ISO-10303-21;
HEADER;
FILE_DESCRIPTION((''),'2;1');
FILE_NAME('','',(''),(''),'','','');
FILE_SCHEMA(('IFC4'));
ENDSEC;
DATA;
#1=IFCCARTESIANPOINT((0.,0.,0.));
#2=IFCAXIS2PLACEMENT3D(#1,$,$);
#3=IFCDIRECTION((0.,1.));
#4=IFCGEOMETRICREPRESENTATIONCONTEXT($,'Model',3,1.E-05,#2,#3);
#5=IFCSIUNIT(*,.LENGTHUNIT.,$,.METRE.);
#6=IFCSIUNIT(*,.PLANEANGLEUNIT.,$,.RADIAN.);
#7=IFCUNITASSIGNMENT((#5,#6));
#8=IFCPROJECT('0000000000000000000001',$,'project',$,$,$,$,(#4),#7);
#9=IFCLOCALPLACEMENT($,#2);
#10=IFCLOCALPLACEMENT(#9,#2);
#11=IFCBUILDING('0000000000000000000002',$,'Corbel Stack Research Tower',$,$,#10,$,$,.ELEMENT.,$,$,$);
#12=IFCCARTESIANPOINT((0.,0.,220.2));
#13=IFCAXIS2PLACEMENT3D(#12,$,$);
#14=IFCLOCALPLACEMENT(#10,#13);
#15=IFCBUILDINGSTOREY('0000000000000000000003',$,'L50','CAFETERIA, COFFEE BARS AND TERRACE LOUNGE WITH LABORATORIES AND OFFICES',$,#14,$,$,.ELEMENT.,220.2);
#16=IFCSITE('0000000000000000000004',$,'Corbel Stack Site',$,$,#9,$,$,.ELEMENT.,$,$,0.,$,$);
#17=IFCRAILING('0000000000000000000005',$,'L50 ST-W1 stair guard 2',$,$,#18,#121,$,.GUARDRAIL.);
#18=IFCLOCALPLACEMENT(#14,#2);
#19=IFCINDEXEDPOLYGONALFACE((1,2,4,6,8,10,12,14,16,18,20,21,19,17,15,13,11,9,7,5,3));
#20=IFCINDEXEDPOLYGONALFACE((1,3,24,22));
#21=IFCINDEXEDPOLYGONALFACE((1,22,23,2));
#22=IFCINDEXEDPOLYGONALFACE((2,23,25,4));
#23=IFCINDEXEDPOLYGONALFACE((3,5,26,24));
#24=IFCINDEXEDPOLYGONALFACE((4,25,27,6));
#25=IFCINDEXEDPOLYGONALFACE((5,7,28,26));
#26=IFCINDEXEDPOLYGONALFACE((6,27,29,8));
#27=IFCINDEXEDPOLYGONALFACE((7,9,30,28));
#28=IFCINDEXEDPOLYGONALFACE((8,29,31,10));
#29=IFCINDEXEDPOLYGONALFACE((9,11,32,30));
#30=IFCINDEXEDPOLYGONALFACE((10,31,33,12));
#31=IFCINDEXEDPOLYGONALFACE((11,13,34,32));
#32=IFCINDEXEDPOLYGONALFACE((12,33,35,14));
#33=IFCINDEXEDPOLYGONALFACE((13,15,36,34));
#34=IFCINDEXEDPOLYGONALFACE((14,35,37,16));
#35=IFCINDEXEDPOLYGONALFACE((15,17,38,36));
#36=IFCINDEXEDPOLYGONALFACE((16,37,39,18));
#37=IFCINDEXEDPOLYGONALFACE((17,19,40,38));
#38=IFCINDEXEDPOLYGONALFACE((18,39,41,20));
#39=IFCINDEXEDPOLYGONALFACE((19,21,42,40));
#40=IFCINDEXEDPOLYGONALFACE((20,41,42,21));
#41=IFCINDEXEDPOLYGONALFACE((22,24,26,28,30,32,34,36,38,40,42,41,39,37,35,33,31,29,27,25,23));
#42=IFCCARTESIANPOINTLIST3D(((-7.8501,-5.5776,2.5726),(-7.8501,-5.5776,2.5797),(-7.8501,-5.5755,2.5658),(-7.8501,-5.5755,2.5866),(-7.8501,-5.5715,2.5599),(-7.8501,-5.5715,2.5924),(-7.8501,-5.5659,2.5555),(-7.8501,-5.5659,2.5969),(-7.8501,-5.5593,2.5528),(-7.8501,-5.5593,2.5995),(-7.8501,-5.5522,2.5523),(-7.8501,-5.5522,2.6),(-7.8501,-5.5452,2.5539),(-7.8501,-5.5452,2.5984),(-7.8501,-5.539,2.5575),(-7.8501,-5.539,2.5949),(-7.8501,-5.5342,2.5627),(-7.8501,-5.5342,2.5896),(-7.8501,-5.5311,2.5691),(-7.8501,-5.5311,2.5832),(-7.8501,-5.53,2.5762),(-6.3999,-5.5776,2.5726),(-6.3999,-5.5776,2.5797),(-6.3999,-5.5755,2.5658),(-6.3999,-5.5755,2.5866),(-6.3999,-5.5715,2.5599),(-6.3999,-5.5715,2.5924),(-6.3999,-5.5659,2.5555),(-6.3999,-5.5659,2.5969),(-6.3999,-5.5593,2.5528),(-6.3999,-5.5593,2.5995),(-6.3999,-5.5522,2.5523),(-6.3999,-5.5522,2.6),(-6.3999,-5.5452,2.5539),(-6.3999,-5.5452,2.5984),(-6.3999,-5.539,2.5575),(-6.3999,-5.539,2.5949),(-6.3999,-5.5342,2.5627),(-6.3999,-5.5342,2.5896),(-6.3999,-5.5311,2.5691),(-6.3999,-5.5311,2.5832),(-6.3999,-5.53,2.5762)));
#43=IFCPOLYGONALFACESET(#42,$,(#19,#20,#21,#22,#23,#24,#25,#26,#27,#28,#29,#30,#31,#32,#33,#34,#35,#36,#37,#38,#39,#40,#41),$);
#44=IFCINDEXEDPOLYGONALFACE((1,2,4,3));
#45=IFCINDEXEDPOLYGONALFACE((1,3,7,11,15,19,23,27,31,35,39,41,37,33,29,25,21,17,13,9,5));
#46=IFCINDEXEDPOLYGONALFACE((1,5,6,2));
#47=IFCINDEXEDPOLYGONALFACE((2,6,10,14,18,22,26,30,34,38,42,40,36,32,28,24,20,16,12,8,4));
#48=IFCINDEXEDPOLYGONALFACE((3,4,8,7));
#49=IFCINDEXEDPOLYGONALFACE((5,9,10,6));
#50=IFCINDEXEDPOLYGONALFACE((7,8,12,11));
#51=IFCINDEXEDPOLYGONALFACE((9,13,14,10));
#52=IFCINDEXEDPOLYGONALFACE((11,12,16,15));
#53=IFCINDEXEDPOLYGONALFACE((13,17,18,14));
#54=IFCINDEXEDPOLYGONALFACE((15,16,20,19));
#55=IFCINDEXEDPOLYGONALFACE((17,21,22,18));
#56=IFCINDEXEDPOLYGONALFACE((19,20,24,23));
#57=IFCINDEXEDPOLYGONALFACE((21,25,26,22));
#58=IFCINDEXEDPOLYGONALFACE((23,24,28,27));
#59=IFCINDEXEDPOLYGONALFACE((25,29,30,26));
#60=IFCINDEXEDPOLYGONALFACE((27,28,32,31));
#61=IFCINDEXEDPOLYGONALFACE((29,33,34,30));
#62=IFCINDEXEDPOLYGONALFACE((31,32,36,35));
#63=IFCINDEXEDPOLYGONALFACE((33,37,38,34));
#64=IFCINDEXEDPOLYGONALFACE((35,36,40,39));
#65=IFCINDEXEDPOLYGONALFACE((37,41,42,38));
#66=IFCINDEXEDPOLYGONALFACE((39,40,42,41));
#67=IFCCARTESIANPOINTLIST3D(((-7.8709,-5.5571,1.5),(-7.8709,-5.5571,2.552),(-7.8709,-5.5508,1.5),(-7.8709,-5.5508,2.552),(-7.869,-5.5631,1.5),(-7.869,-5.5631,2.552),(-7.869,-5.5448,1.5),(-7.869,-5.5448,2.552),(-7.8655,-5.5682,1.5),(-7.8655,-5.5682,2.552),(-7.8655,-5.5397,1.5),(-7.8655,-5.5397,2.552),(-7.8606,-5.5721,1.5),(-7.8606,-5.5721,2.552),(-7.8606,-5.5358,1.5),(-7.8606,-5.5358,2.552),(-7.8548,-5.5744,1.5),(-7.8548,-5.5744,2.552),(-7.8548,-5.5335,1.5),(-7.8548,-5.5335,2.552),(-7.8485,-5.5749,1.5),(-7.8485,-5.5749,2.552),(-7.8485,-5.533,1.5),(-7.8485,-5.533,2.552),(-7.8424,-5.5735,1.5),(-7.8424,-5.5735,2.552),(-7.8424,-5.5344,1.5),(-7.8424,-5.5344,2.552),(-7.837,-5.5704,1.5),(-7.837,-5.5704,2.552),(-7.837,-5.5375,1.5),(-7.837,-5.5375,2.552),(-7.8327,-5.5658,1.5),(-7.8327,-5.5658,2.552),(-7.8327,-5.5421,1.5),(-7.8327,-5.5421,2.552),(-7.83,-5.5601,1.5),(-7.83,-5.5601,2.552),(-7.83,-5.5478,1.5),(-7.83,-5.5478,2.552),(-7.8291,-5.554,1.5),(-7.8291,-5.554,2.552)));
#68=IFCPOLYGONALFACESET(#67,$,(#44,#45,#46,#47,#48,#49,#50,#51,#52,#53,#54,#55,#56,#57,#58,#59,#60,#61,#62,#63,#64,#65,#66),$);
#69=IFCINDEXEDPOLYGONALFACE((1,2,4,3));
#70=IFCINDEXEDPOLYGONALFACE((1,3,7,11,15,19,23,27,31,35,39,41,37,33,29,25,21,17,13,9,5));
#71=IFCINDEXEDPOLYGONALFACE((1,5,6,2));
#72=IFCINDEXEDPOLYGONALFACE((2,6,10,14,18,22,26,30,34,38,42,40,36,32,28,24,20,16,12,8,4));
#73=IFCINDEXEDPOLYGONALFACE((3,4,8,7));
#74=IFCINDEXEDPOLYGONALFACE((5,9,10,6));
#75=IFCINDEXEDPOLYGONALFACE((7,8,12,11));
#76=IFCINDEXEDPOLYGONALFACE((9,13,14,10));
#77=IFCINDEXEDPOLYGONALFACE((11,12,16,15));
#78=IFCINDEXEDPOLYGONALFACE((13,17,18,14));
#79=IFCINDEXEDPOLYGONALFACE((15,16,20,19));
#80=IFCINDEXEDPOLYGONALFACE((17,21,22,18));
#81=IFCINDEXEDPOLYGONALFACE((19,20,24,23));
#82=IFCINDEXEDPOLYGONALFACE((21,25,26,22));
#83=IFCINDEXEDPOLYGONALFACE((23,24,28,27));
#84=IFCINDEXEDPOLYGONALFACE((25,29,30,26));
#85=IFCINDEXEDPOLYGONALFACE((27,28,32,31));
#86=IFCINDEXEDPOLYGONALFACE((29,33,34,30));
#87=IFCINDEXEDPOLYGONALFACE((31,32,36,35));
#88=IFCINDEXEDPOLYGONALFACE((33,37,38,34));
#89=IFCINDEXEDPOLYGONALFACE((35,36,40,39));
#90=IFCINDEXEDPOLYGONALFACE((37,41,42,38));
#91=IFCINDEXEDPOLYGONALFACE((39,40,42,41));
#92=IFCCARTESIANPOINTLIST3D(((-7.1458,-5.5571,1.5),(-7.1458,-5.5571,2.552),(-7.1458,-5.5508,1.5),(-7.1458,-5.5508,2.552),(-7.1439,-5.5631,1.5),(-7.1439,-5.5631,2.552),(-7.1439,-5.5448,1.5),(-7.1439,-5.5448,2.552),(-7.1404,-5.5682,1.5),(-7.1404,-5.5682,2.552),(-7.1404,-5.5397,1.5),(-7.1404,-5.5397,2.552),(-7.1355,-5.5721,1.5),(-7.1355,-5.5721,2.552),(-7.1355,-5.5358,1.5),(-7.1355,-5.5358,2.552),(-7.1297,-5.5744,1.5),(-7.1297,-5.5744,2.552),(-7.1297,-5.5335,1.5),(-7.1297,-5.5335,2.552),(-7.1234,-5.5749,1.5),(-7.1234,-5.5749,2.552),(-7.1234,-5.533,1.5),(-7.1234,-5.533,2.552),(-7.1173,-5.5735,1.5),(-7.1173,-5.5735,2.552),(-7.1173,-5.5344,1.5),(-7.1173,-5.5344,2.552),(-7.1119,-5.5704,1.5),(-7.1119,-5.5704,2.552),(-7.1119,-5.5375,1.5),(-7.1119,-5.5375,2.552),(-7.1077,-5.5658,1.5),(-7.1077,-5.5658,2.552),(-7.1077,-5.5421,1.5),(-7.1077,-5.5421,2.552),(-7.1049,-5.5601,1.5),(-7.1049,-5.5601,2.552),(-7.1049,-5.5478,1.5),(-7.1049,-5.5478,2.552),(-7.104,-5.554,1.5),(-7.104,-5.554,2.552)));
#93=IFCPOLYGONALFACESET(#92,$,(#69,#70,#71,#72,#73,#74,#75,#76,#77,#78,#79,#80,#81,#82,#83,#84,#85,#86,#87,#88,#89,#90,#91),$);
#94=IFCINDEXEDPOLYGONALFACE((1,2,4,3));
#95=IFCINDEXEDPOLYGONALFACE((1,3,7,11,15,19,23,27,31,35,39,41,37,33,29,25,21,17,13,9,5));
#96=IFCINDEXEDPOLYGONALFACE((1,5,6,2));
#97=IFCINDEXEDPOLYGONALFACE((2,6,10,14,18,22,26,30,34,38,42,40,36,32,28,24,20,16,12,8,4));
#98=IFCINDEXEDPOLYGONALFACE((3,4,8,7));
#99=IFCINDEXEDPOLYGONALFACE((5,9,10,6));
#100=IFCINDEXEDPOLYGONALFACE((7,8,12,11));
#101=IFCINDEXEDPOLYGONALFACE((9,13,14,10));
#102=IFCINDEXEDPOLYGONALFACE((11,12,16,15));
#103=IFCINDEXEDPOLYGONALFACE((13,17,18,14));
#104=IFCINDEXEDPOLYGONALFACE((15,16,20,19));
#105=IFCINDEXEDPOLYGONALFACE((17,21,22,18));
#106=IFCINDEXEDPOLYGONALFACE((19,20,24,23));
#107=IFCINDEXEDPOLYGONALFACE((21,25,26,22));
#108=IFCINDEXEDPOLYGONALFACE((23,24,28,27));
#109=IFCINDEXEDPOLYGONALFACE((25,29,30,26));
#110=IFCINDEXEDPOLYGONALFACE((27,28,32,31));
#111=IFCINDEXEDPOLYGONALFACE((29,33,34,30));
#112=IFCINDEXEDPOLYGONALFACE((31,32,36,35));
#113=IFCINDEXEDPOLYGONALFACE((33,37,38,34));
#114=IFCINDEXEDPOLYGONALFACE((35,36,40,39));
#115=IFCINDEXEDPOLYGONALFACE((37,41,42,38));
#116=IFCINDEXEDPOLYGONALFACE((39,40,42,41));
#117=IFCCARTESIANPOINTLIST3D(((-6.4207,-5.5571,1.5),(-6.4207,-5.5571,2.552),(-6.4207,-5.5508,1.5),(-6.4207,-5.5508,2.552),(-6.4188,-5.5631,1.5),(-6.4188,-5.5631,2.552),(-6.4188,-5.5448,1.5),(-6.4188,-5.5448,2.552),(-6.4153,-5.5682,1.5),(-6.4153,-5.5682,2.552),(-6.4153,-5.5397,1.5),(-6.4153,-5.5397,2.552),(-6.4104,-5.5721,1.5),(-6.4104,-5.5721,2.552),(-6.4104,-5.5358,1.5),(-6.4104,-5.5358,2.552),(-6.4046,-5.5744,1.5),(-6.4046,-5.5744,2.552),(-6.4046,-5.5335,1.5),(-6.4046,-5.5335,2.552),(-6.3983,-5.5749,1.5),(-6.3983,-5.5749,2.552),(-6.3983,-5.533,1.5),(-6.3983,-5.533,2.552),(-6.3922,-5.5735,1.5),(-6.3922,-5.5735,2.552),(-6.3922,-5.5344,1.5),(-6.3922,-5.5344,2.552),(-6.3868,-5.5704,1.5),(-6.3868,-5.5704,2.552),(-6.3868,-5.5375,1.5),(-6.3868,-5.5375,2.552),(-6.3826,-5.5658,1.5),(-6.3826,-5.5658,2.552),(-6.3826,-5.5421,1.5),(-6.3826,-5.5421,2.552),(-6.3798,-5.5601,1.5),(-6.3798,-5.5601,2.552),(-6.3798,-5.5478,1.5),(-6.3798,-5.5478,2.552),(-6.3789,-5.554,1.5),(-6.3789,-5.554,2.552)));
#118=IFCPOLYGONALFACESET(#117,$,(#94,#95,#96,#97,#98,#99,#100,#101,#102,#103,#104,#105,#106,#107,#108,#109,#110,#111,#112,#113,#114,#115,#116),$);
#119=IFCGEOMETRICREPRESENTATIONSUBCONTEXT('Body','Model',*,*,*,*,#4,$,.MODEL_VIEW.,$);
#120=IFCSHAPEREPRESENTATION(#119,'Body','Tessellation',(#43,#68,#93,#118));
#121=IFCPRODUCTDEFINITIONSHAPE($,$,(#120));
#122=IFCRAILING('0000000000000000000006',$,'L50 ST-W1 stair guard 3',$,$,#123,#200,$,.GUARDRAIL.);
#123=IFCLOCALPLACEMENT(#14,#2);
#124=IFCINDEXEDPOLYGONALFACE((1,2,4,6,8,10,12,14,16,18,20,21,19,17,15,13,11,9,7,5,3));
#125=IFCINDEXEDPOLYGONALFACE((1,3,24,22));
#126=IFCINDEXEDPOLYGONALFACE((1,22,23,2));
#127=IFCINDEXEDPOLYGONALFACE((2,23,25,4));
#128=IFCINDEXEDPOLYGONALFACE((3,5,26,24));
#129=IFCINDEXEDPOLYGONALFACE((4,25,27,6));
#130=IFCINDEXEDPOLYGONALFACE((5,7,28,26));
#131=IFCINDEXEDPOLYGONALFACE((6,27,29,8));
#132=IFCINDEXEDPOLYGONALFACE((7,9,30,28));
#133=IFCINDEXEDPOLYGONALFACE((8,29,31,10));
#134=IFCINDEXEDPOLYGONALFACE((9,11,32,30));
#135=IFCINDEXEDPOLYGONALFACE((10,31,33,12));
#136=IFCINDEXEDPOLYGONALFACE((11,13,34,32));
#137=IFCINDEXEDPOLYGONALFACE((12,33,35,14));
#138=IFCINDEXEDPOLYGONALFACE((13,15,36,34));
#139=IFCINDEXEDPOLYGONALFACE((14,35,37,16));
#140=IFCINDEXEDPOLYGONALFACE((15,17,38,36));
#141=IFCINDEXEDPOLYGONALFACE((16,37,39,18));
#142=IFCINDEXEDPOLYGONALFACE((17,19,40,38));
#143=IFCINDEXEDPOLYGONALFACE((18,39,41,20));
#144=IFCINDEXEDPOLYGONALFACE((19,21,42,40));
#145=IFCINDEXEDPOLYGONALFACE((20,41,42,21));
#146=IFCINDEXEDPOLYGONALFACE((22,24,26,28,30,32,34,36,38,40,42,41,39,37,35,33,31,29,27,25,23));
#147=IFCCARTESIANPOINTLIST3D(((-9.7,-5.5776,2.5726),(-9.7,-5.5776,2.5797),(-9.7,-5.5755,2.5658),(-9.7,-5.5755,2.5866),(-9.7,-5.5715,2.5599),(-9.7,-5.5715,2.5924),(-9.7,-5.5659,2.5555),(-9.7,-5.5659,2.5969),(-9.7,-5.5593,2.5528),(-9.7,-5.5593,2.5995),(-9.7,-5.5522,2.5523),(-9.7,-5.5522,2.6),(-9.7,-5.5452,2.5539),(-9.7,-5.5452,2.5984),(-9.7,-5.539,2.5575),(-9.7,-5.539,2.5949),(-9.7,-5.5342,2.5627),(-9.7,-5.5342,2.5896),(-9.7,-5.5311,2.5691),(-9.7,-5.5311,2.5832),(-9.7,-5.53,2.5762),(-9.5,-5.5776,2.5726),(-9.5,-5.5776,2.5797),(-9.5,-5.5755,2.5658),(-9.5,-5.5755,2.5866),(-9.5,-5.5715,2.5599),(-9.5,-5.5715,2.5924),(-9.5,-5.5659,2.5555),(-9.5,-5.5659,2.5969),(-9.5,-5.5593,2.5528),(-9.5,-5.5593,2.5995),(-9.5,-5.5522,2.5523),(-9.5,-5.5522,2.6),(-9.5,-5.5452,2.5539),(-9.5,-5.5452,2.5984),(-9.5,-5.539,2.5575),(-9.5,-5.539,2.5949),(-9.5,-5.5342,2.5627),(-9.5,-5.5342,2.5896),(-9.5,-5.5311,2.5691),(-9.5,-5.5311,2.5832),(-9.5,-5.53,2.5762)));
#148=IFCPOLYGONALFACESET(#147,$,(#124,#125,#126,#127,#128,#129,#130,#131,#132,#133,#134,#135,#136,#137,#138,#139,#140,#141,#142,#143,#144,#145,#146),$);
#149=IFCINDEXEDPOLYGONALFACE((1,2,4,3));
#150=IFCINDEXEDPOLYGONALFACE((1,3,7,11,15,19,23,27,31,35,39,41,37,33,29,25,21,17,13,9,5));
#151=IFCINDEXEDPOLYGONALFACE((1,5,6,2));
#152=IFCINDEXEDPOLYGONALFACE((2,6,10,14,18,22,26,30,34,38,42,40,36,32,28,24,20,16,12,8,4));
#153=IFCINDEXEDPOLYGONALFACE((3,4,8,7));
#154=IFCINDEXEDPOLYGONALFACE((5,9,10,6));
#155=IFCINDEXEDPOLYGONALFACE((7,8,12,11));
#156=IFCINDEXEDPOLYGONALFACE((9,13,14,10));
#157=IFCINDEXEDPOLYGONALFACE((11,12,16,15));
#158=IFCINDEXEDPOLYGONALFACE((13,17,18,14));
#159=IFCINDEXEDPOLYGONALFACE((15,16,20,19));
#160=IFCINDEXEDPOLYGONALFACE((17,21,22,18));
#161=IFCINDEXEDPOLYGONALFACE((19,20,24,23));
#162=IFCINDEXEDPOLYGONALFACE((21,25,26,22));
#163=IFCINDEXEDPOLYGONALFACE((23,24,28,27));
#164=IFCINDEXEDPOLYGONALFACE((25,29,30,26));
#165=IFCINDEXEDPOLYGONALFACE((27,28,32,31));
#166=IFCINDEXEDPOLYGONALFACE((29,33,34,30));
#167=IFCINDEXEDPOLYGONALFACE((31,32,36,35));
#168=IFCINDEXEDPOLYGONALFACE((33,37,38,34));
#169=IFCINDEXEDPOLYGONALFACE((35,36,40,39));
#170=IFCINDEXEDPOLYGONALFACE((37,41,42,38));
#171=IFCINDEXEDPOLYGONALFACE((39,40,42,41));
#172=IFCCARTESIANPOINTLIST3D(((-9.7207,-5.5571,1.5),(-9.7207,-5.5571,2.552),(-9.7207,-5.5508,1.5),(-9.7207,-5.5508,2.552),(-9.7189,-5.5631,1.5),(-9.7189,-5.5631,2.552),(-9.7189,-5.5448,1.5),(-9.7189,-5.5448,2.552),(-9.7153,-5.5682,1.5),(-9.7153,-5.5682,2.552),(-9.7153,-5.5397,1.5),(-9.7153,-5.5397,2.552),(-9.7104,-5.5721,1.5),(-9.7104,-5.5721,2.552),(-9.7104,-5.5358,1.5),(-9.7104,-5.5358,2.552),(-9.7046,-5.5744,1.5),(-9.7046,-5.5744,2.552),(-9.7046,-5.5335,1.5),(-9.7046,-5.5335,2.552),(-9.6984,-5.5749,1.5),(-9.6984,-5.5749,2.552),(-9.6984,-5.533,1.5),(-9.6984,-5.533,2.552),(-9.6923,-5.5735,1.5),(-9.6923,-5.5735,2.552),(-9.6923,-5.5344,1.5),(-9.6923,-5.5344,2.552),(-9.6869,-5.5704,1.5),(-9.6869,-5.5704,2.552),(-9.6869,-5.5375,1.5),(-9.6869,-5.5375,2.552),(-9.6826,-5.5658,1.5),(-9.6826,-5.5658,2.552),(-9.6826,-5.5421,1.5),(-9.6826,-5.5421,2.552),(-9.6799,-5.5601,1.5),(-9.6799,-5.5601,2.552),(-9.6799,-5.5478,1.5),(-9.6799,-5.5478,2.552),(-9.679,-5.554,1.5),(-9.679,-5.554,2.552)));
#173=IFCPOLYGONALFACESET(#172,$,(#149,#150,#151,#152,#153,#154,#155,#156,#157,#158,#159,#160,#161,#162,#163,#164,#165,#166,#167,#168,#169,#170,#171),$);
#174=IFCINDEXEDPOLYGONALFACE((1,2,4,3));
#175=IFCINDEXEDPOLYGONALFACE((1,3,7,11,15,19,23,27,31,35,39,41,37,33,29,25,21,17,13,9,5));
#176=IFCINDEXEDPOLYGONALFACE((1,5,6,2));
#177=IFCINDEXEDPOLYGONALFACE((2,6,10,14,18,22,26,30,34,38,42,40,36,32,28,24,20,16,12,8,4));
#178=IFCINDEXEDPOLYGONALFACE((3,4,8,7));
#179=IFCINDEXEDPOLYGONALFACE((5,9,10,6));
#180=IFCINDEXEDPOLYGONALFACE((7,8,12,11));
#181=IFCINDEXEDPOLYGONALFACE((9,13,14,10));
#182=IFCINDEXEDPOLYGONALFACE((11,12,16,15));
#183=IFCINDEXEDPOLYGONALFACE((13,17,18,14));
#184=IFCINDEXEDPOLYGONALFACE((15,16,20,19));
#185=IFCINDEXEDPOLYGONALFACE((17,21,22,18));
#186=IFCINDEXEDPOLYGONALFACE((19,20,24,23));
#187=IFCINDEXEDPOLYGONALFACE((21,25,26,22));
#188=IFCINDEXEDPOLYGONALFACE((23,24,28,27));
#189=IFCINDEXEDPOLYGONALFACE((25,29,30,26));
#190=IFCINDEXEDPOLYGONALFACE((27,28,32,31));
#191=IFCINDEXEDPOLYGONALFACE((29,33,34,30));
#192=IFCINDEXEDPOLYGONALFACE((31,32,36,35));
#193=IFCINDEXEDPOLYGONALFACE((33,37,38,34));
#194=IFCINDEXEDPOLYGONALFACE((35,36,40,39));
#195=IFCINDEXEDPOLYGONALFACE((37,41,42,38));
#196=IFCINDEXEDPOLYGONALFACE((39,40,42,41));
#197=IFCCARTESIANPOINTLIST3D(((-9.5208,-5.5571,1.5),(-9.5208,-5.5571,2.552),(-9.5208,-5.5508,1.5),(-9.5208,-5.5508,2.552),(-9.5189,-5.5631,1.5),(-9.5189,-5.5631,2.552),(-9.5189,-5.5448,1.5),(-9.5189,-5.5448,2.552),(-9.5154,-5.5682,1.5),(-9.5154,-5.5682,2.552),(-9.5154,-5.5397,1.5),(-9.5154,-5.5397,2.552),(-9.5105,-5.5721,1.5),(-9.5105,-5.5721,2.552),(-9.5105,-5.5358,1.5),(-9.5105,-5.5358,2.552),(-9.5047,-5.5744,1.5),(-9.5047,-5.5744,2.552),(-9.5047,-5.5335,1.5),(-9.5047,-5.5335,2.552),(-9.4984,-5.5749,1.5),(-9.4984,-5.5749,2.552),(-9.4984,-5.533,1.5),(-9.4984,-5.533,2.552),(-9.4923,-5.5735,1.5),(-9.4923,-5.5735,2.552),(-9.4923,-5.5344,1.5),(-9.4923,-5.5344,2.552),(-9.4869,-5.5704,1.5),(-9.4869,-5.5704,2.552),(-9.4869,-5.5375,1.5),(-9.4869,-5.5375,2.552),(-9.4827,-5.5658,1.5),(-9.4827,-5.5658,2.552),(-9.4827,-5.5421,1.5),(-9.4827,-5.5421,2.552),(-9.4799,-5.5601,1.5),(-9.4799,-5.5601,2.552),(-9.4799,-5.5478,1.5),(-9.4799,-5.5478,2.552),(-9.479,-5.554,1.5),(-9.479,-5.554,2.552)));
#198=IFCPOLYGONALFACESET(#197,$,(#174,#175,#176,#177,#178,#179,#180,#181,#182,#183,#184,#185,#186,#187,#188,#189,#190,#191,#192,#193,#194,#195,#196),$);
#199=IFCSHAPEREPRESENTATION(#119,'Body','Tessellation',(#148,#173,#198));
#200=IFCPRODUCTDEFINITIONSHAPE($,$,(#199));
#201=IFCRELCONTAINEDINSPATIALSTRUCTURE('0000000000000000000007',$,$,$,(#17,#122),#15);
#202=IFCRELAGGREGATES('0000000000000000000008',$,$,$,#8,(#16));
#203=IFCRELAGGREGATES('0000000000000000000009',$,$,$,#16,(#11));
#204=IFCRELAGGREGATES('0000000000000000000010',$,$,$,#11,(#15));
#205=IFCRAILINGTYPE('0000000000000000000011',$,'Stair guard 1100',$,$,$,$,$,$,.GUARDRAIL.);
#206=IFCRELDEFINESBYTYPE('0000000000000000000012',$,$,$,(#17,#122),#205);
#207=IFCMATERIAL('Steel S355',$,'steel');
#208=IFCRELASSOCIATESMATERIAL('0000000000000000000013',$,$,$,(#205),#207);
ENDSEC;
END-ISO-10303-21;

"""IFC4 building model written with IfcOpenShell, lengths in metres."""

from ifc_helpers import new_model, si_unit, direction, frame, origin, origin_2d, place, context, subcontext, project, spatial, circle, extrude, material, type_object, element, save


model = new_model("IFC4")

# Units and contexts
model_context = context("Model", 3, precision=1e-05, world=origin(), true_north=direction((0.0, 1.0)))
body_context = subcontext(model_context, "Body", "Model", "MODEL_VIEW")
ifc_project = project(units=[si_unit("LENGTHUNIT", "METRE"), si_unit("PLANEANGLEUNIT", "RADIAN")], contexts=[model_context])

# Site, building, storey
site_placement = place(None, origin())
site = spatial("IfcSite", under=ifc_project, at=site_placement, Name="Corbel Stack Site", CompositionType="ELEMENT", RefElevation=0.0)
building_placement = place(site_placement, origin())
building = spatial("IfcBuilding", under=site, at=building_placement, Name="Corbel Stack Research Tower", CompositionType="ELEMENT")
storey_placement = place(building_placement, frame((0.0, 0.0, 220.2)))
storey = spatial("IfcBuildingStorey", under=building, at=storey_placement, Name="L50", Description="CAFETERIA, COFFEE BARS AND TERRACE LOUNGE WITH LABORATORIES AND OFFICES", CompositionType="ELEMENT", Elevation=220.2)

# Railings
ifc_material_1 = material(Name="Steel S355", Category="steel")
railing_type_1 = type_object("IfcRailingType", Name="Stair guard 1100", PredefinedType="GUARDRAIL", material=ifc_material_1)
railing_1_placement = place(storey_placement, frame((-7.8501, -5.554, 1.5)))
element("IfcRailing", 1, at=railing_1_placement, inside=storey, type_object=railing_type_1, Name="L50 ST-W1 stair guard 2", PredefinedType="GUARDRAIL", context=body_context, shape_type="SweptSolid", body=[
    extrude(circle(Radius=0.0239, at=origin_2d()), frame((0.0, 0.0, 1.0762), z_axis=(1.0, 0.0, 0.0), x_axis=(0.0, 1.0, 0.0)), (0.0, 0.0, 1.0), 1.4502),
    extrude(circle(Radius=0.021, at=origin_2d()), origin(), (0.0, 0.0, 1.0), 1.052),
    extrude(circle(Radius=0.021, at=origin_2d()), frame((0.7251, 0.0, 0.0)), (0.0, 0.0, 1.0), 1.052),
    extrude(circle(Radius=0.021, at=origin_2d()), frame((1.4502, 0.0, 0.0)), (0.0, 0.0, 1.0), 1.052),
])
railing_2_placement = place(storey_placement, frame((-9.7, -5.554, 1.5)))
element("IfcRailing", 2, at=railing_2_placement, inside=storey, type_object=railing_type_1, Name="L50 ST-W1 stair guard 3", PredefinedType="GUARDRAIL", context=body_context, shape_type="SweptSolid", body=[
    extrude(circle(Radius=0.0239, at=origin_2d()), frame((0.0, 0.0, 1.0762), z_axis=(1.0, 0.0, 0.0), x_axis=(0.0, 1.0, 0.0)), (0.0, 0.0, 1.0), 0.2),
    extrude(circle(Radius=0.021, at=origin_2d()), origin(), (0.0, 0.0, 1.0), 1.052),
    extrude(circle(Radius=0.021, at=origin_2d()), frame((0.2, 0.0, 0.0)), (0.0, 0.0, 1.0), 1.052),
])

save(model, "model.ifc")
